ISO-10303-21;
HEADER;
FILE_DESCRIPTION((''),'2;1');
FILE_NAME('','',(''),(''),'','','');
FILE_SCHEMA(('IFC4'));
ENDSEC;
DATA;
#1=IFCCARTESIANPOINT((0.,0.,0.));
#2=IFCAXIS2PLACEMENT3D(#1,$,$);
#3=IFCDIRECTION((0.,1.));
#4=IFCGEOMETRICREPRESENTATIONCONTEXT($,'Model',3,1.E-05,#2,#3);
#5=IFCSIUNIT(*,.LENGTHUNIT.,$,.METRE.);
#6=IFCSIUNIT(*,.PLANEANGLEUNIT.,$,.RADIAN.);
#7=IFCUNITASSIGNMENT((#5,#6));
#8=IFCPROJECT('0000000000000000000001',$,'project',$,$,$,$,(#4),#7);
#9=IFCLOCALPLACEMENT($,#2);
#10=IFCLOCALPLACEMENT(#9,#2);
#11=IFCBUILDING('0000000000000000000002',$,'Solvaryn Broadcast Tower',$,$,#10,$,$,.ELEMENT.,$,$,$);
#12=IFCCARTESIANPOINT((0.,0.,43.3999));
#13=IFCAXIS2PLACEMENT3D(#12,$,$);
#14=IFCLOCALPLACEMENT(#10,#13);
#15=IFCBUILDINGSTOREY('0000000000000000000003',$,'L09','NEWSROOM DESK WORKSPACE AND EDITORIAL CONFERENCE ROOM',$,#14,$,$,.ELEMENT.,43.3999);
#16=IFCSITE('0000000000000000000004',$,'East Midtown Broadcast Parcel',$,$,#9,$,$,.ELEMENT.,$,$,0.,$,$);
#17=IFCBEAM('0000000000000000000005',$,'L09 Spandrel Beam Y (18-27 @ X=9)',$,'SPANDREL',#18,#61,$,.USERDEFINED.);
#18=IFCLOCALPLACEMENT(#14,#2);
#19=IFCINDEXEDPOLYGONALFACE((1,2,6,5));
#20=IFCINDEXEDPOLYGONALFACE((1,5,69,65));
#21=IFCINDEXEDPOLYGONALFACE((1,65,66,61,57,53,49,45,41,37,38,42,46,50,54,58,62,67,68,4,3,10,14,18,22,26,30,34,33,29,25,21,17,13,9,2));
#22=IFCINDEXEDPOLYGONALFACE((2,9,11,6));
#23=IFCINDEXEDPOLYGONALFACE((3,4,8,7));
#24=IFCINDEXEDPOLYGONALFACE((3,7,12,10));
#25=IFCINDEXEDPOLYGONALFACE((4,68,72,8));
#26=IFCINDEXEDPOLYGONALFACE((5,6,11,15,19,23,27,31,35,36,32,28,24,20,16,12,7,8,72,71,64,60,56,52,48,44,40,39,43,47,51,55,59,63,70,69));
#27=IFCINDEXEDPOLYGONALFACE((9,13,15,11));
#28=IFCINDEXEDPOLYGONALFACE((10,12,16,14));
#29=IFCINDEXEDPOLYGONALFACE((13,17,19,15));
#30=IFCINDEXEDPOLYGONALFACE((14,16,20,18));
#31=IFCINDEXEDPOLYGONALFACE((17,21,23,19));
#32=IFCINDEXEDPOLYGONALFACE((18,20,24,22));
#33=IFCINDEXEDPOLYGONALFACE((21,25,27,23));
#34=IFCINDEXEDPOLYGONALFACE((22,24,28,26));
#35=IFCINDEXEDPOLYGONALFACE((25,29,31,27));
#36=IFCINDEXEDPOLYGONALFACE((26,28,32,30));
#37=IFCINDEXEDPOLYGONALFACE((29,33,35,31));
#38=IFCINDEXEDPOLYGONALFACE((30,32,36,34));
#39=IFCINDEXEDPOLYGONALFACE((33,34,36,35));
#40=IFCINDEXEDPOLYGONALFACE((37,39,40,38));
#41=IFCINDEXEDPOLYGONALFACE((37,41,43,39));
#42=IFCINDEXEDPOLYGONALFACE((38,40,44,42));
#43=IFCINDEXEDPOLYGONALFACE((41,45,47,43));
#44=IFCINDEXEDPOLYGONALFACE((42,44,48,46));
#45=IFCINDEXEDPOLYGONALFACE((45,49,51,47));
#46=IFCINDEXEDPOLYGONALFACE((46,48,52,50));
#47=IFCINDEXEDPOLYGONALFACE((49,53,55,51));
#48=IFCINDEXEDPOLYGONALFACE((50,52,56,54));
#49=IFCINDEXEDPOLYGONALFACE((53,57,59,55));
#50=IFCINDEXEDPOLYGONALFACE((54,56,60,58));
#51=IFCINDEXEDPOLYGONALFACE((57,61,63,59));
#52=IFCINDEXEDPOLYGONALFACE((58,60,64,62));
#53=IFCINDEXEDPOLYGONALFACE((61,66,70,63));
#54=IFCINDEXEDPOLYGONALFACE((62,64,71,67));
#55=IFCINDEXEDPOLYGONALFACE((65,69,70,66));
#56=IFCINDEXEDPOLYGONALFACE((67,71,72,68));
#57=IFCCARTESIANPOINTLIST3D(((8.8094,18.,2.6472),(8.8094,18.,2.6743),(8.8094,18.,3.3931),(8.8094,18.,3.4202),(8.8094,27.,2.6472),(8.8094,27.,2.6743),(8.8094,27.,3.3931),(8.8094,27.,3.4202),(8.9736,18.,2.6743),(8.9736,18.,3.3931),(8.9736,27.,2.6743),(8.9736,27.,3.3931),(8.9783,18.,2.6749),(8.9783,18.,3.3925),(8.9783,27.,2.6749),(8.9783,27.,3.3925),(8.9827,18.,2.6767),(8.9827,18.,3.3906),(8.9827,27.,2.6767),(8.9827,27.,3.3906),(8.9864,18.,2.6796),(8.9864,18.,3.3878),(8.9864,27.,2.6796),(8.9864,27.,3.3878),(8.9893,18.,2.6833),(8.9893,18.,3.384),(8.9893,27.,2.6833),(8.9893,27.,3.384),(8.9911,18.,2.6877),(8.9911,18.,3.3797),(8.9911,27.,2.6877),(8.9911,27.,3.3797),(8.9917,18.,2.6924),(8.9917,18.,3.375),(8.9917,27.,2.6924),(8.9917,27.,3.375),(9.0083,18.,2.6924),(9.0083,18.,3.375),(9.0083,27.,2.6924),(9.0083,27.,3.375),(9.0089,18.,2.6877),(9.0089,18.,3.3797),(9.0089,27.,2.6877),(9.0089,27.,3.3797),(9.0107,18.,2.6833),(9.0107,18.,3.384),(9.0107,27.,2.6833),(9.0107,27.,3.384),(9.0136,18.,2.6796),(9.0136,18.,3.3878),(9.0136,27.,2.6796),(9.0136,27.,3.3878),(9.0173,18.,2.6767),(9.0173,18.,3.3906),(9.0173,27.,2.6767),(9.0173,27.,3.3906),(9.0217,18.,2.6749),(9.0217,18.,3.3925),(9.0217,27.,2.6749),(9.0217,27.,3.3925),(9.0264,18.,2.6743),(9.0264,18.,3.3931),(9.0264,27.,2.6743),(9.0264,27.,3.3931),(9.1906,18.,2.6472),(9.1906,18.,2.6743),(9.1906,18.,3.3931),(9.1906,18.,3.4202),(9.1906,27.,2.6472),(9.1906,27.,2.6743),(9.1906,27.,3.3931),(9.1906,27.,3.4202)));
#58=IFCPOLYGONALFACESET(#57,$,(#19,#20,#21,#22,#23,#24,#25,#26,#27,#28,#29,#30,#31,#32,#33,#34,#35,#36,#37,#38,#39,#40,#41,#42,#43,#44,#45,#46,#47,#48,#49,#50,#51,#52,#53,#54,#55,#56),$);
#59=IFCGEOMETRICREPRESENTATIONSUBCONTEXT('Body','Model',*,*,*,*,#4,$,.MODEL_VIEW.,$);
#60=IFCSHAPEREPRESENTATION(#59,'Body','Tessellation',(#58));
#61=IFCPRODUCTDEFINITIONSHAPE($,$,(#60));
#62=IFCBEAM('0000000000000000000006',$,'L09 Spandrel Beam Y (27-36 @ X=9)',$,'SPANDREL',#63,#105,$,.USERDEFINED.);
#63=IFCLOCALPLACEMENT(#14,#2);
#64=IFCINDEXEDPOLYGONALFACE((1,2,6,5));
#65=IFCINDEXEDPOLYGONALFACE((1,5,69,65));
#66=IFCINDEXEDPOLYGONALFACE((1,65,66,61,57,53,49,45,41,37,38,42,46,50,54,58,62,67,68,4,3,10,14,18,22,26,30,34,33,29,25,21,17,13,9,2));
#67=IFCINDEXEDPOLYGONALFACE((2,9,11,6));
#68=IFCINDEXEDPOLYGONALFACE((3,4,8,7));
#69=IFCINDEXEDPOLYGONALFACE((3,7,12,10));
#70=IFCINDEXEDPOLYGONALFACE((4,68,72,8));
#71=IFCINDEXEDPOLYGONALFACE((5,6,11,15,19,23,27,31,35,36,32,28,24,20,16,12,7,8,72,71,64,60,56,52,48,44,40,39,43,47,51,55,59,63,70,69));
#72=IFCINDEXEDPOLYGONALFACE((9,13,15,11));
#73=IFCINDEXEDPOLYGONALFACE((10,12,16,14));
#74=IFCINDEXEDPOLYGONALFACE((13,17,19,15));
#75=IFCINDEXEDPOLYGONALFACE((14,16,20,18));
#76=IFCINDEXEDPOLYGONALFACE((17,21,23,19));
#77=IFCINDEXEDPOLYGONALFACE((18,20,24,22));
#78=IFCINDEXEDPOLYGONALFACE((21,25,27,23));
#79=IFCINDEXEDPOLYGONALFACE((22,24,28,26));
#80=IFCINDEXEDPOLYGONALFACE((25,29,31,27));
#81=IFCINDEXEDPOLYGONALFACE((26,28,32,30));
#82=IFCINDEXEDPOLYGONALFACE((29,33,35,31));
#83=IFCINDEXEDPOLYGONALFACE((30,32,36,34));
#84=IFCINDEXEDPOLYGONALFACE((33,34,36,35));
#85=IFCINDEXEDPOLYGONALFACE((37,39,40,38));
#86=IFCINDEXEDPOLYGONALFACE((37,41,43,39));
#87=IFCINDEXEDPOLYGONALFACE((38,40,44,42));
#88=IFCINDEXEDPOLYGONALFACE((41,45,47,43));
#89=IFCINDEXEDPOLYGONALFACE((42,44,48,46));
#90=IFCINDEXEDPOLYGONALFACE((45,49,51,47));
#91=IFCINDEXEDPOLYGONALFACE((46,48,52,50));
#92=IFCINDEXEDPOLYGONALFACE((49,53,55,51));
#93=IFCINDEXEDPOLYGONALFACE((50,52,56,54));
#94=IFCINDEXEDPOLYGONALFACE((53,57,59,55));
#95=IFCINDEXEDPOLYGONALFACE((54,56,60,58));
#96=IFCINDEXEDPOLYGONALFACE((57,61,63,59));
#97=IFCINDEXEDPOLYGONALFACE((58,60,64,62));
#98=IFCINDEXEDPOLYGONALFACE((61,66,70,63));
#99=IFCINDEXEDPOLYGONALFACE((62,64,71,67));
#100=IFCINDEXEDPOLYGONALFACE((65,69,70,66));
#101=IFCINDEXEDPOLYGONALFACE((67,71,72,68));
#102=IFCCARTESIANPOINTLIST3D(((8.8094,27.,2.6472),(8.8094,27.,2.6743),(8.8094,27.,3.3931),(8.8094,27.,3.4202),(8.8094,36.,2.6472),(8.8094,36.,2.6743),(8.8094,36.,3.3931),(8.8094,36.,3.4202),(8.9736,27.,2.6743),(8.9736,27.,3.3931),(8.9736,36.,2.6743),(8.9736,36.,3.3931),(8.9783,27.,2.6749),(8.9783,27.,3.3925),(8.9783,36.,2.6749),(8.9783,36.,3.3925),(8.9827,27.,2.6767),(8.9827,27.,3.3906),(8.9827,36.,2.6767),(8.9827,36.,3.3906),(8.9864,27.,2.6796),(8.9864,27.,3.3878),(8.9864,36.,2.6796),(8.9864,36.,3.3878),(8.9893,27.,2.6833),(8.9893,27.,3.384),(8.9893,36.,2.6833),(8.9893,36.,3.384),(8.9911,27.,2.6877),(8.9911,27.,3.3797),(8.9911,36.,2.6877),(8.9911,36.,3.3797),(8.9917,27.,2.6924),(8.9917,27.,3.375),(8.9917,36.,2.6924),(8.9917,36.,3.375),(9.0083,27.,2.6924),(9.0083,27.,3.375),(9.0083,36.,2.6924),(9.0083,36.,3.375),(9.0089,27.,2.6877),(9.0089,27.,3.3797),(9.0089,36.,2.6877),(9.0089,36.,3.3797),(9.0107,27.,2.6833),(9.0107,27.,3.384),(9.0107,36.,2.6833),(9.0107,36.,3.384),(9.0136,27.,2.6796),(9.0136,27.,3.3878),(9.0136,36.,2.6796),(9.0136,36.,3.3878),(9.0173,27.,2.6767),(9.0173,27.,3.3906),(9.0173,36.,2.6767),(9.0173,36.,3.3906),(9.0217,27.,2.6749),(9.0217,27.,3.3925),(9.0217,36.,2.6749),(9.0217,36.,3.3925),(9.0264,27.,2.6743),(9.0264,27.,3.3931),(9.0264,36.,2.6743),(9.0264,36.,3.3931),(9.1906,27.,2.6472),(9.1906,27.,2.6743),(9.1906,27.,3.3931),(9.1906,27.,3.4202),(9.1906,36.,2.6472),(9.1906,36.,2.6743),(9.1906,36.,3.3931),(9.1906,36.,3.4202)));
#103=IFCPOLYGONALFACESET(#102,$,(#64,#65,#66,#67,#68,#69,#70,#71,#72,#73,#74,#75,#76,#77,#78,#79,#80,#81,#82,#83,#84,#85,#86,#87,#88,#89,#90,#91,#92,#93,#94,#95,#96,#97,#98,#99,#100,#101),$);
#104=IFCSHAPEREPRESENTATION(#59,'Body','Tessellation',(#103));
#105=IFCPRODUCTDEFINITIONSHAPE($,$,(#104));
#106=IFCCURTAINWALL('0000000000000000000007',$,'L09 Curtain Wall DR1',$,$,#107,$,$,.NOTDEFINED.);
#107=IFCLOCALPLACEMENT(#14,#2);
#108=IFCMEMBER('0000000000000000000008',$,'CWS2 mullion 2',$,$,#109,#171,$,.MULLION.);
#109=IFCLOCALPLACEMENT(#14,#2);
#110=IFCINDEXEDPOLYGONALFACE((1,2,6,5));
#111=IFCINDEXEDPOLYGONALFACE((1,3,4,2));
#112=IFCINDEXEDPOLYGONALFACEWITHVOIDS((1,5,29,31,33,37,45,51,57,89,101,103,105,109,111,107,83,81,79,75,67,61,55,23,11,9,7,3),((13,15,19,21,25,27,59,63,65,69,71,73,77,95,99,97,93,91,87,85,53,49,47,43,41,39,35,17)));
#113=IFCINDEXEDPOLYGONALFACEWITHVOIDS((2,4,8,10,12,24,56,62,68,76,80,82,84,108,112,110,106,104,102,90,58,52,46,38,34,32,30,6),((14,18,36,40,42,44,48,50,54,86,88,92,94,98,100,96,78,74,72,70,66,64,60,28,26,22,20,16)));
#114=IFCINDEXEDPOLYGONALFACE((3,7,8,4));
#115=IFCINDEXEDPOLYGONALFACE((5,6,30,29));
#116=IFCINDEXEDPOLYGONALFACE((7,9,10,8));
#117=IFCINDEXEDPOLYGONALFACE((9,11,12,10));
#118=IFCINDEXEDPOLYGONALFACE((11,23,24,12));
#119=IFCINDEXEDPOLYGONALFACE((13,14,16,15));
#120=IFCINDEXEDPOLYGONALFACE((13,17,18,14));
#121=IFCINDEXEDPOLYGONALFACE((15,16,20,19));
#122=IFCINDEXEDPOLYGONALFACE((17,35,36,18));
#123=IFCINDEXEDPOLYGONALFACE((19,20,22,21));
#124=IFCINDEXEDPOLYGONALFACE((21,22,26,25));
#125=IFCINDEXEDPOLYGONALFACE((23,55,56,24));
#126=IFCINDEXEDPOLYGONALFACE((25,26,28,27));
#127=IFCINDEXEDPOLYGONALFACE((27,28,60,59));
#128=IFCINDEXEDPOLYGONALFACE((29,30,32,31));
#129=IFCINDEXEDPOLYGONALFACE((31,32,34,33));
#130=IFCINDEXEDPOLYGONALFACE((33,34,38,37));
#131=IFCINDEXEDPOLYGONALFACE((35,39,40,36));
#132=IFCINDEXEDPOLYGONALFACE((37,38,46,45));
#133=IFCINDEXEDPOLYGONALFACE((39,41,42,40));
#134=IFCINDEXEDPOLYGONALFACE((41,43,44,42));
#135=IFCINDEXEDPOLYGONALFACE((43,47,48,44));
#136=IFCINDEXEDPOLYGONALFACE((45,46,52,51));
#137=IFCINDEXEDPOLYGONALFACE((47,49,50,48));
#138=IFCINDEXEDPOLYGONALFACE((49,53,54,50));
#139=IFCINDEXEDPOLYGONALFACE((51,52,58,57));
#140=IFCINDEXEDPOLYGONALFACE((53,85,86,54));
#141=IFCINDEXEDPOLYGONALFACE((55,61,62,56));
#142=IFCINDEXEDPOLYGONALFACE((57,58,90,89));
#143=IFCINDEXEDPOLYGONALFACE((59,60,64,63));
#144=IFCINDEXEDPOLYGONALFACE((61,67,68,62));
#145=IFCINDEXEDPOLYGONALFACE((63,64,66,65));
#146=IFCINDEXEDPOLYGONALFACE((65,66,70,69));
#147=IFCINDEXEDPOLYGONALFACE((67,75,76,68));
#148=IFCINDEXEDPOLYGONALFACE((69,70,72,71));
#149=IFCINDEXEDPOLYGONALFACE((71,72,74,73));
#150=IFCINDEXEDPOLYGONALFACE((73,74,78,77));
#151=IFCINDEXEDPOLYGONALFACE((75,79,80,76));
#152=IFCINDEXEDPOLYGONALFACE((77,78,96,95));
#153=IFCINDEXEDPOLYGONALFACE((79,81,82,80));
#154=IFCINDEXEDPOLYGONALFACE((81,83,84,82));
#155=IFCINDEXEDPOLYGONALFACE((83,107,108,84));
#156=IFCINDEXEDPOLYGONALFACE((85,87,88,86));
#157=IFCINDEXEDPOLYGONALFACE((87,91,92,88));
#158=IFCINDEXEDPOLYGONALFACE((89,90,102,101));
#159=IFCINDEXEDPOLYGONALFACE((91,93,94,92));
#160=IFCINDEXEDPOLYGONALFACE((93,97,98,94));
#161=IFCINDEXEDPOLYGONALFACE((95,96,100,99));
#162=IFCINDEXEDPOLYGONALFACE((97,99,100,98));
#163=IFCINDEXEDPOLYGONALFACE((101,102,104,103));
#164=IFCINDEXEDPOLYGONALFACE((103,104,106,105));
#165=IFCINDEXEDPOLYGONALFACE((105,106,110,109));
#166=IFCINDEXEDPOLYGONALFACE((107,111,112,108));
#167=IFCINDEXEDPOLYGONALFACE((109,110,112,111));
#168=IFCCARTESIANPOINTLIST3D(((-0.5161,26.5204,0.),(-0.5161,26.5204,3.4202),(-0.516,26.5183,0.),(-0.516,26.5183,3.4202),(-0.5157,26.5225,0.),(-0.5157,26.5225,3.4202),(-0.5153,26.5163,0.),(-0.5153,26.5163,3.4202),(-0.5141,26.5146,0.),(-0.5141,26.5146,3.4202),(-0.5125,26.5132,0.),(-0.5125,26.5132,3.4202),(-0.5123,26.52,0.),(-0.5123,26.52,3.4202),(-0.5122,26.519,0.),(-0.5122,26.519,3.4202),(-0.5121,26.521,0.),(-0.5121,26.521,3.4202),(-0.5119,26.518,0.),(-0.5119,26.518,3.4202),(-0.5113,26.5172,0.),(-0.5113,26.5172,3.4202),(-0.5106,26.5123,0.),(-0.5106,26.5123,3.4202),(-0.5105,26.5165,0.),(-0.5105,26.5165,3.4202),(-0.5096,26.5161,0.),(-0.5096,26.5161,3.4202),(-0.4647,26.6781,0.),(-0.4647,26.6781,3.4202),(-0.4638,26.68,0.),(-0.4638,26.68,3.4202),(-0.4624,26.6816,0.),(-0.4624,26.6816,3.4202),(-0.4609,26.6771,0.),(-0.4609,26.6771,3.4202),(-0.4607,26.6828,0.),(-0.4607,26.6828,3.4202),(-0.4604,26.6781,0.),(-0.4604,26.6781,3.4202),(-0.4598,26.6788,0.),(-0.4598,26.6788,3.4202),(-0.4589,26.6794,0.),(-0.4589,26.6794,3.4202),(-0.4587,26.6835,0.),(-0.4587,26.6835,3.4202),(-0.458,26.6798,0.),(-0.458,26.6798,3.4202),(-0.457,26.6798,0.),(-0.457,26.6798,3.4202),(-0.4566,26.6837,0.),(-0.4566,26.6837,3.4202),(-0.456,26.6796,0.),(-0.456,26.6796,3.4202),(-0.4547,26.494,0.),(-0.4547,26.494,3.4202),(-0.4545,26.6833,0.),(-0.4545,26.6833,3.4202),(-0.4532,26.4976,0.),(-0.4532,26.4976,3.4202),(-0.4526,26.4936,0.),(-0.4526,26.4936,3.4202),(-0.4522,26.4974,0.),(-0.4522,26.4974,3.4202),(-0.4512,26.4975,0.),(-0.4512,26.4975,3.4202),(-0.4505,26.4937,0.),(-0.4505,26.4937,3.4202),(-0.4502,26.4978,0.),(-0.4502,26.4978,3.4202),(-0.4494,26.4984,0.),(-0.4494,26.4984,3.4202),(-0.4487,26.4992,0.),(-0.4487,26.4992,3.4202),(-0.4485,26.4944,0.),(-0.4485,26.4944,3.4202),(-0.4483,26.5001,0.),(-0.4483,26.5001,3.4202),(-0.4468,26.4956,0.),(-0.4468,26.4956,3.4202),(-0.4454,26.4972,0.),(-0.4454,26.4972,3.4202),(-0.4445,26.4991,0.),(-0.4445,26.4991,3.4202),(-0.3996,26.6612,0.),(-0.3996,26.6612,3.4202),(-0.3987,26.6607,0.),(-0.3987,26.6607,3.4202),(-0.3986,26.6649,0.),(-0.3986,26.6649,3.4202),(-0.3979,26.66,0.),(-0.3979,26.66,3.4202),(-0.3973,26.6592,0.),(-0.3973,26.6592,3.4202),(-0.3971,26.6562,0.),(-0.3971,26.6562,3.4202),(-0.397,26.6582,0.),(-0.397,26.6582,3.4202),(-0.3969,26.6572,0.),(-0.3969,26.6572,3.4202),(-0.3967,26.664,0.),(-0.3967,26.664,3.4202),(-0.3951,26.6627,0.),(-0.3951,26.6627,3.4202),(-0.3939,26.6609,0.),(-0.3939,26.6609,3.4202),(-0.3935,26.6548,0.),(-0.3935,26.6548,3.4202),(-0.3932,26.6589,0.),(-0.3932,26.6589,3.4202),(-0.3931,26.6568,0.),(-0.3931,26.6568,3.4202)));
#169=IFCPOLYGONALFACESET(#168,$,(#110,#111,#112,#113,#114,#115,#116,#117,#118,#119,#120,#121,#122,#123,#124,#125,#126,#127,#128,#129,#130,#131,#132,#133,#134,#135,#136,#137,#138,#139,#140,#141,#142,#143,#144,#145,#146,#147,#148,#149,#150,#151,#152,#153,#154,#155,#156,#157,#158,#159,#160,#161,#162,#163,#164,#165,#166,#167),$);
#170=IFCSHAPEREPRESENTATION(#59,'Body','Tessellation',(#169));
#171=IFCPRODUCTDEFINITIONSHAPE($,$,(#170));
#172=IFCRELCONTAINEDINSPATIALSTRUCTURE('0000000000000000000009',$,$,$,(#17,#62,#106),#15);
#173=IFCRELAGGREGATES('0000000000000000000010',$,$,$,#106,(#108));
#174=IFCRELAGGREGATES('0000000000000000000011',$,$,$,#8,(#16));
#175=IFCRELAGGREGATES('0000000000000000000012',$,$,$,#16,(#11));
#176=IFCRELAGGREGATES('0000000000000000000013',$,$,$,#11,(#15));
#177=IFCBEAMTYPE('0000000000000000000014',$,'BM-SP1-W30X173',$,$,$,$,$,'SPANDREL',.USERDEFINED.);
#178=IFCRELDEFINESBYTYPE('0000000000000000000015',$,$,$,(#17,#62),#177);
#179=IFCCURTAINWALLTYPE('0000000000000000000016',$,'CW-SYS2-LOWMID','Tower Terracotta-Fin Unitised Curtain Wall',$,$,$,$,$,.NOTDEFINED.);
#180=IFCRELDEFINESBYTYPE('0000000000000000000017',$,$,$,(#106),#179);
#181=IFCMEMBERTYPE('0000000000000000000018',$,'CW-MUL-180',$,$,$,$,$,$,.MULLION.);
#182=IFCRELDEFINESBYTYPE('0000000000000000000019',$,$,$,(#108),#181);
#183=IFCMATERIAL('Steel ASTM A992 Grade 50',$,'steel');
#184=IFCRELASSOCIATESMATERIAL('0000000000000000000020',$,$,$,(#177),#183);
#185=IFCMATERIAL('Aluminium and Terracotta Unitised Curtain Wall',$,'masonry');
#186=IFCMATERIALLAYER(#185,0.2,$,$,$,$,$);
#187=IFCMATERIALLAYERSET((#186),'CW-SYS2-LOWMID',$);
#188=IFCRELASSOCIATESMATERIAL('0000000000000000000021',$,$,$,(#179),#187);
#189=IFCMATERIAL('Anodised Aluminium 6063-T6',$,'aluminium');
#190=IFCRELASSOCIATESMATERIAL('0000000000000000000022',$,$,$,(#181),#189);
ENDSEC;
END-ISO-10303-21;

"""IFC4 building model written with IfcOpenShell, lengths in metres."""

from ifc_helpers import new_model, si_unit, direction, frame, origin, origin_2d, place, context, subcontext, project, spatial, hollow_rectangle, i_section, extrude, material, layer, layer_set, material_profile, profile_set, type_object, element, aggregate, save


model = new_model("IFC4")

# Units and contexts
model_context = context("Model", 3, precision=1e-05, world=origin(), true_north=direction((0.0, 1.0)))
body_context = subcontext(model_context, "Body", "Model", "MODEL_VIEW")
ifc_project = project(units=[si_unit("LENGTHUNIT", "METRE"), si_unit("PLANEANGLEUNIT", "RADIAN")], contexts=[model_context])

# Site, building, storey
site_placement = place(None, origin())
site = spatial("IfcSite", under=ifc_project, at=site_placement, Name="East Midtown Broadcast Parcel", CompositionType="ELEMENT", RefElevation=0.0)
building_placement = place(site_placement, origin())
building = spatial("IfcBuilding", under=site, at=building_placement, Name="Solvaryn Broadcast Tower", CompositionType="ELEMENT")
storey_placement = place(building_placement, frame((0.0, 0.0, 43.3999)))
storey = spatial("IfcBuildingStorey", under=building, at=storey_placement, Name="L09", Description="NEWSROOM DESK WORKSPACE AND EDITORIAL CONFERENCE ROOM", CompositionType="ELEMENT", Elevation=43.3999)

# Beams
ifc_material_1 = material(Name="Steel ASTM A992 Grade 50", Category="steel")
ifc_material_profile_1 = material_profile(ifc_material_1, i_section(OverallWidth=0.3811, OverallDepth=0.7729, WebThickness=0.0166, FlangeThickness=0.0271, FilletRadius=0.0181, at=origin_2d()))
ifc_profile_set_1 = profile_set([ifc_material_profile_1], Name="Steel ASTM A992 Grade 50")
beam_type_1 = type_object("IfcBeamType", Name="BM-SP1-W30X173", ElementType="SPANDREL", PredefinedType="USERDEFINED", material=ifc_profile_set_1)
for number, where, z_axis, x_axis, name in (
    (1, (9.0, 18.0, 3.0337), (0.0, 1.0, 0.0), (-1.0, 0.0, 0.0), "L09 Spandrel Beam Y (18-27 @ X=9)"),
    (2, (9.0, 27.0, 3.0337), (0.0, 1.0, 0.0), (-1.0, 0.0, 0.0), "L09 Spandrel Beam Y (27-36 @ X=9)"),
):
    element("IfcBeam", number, at=place(storey_placement, frame(where, z_axis=z_axis, x_axis=x_axis)), inside=storey, type_object=beam_type_1, Name=name, ObjectType="SPANDREL", PredefinedType="USERDEFINED", context=body_context, shape_type="SweptSolid", body=[
        extrude(i_section(OverallWidth=0.3811, OverallDepth=0.7729, WebThickness=0.0166, FlangeThickness=0.0271, FilletRadius=0.0181, at=origin_2d()), origin(), (0.0, 0.0, 1.0), 9.0),
    ])

# Curtain wall, member
ifc_material_2 = material(Name="Aluminium and Terracotta Unitised Curtain Wall", Category="masonry")
ifc_layer_1 = layer(ifc_material_2, 0.2)
ifc_layer_set_1 = layer_set([ifc_layer_1], Name="CW-SYS2-LOWMID")
curtain_wall_type = type_object("IfcCurtainWallType", Name="CW-SYS2-LOWMID", Description="Tower Terracotta-Fin Unitised Curtain Wall", PredefinedType="NOTDEFINED", material=ifc_layer_set_1)
curtain_wall_1_placement = place(storey_placement, origin())
curtain_wall_1 = element("IfcCurtainWall", 3, at=curtain_wall_1_placement, inside=storey, type_object=curtain_wall_type, Name="L09 Curtain Wall DR1", PredefinedType="NOTDEFINED")
ifc_material_3 = material(Name="Anodised Aluminium 6063-T6", Category="aluminium")
ifc_material_profile_2 = material_profile(ifc_material_3, hollow_rectangle(XDim=0.075, YDim=0.1799, WallThickness=0.0039, InnerFilletRadius=0.0039, OuterFilletRadius=0.0081, at=origin_2d()))
ifc_profile_set_2 = profile_set([ifc_material_profile_2], Name="Anodised Aluminium 6063-T6")
member_type_1 = type_object("IfcMemberType", Name="CW-MUL-180", PredefinedType="MULLION", material=ifc_profile_set_2)
member_1_placement = place(storey_placement, frame((-0.4546, 26.5886, 0.0), z_axis=(0.0, 0.0, 1.0), x_axis=(0.950215, -0.311594, 0.0)))
member_1 = element("IfcMember", 4, at=member_1_placement, type_object=member_type_1, Name="CWS2 mullion 2", PredefinedType="MULLION", context=body_context, shape_type="SweptSolid", body=[
    extrude(hollow_rectangle(XDim=0.075, YDim=0.1799, WallThickness=0.0039, InnerFilletRadius=0.0039, OuterFilletRadius=0.0081, at=origin_2d()), origin(), (0.0, 0.0, 1.0), 3.4202),
])
aggregate(curtain_wall_1, [member_1])

save(model, "model.ifc")
